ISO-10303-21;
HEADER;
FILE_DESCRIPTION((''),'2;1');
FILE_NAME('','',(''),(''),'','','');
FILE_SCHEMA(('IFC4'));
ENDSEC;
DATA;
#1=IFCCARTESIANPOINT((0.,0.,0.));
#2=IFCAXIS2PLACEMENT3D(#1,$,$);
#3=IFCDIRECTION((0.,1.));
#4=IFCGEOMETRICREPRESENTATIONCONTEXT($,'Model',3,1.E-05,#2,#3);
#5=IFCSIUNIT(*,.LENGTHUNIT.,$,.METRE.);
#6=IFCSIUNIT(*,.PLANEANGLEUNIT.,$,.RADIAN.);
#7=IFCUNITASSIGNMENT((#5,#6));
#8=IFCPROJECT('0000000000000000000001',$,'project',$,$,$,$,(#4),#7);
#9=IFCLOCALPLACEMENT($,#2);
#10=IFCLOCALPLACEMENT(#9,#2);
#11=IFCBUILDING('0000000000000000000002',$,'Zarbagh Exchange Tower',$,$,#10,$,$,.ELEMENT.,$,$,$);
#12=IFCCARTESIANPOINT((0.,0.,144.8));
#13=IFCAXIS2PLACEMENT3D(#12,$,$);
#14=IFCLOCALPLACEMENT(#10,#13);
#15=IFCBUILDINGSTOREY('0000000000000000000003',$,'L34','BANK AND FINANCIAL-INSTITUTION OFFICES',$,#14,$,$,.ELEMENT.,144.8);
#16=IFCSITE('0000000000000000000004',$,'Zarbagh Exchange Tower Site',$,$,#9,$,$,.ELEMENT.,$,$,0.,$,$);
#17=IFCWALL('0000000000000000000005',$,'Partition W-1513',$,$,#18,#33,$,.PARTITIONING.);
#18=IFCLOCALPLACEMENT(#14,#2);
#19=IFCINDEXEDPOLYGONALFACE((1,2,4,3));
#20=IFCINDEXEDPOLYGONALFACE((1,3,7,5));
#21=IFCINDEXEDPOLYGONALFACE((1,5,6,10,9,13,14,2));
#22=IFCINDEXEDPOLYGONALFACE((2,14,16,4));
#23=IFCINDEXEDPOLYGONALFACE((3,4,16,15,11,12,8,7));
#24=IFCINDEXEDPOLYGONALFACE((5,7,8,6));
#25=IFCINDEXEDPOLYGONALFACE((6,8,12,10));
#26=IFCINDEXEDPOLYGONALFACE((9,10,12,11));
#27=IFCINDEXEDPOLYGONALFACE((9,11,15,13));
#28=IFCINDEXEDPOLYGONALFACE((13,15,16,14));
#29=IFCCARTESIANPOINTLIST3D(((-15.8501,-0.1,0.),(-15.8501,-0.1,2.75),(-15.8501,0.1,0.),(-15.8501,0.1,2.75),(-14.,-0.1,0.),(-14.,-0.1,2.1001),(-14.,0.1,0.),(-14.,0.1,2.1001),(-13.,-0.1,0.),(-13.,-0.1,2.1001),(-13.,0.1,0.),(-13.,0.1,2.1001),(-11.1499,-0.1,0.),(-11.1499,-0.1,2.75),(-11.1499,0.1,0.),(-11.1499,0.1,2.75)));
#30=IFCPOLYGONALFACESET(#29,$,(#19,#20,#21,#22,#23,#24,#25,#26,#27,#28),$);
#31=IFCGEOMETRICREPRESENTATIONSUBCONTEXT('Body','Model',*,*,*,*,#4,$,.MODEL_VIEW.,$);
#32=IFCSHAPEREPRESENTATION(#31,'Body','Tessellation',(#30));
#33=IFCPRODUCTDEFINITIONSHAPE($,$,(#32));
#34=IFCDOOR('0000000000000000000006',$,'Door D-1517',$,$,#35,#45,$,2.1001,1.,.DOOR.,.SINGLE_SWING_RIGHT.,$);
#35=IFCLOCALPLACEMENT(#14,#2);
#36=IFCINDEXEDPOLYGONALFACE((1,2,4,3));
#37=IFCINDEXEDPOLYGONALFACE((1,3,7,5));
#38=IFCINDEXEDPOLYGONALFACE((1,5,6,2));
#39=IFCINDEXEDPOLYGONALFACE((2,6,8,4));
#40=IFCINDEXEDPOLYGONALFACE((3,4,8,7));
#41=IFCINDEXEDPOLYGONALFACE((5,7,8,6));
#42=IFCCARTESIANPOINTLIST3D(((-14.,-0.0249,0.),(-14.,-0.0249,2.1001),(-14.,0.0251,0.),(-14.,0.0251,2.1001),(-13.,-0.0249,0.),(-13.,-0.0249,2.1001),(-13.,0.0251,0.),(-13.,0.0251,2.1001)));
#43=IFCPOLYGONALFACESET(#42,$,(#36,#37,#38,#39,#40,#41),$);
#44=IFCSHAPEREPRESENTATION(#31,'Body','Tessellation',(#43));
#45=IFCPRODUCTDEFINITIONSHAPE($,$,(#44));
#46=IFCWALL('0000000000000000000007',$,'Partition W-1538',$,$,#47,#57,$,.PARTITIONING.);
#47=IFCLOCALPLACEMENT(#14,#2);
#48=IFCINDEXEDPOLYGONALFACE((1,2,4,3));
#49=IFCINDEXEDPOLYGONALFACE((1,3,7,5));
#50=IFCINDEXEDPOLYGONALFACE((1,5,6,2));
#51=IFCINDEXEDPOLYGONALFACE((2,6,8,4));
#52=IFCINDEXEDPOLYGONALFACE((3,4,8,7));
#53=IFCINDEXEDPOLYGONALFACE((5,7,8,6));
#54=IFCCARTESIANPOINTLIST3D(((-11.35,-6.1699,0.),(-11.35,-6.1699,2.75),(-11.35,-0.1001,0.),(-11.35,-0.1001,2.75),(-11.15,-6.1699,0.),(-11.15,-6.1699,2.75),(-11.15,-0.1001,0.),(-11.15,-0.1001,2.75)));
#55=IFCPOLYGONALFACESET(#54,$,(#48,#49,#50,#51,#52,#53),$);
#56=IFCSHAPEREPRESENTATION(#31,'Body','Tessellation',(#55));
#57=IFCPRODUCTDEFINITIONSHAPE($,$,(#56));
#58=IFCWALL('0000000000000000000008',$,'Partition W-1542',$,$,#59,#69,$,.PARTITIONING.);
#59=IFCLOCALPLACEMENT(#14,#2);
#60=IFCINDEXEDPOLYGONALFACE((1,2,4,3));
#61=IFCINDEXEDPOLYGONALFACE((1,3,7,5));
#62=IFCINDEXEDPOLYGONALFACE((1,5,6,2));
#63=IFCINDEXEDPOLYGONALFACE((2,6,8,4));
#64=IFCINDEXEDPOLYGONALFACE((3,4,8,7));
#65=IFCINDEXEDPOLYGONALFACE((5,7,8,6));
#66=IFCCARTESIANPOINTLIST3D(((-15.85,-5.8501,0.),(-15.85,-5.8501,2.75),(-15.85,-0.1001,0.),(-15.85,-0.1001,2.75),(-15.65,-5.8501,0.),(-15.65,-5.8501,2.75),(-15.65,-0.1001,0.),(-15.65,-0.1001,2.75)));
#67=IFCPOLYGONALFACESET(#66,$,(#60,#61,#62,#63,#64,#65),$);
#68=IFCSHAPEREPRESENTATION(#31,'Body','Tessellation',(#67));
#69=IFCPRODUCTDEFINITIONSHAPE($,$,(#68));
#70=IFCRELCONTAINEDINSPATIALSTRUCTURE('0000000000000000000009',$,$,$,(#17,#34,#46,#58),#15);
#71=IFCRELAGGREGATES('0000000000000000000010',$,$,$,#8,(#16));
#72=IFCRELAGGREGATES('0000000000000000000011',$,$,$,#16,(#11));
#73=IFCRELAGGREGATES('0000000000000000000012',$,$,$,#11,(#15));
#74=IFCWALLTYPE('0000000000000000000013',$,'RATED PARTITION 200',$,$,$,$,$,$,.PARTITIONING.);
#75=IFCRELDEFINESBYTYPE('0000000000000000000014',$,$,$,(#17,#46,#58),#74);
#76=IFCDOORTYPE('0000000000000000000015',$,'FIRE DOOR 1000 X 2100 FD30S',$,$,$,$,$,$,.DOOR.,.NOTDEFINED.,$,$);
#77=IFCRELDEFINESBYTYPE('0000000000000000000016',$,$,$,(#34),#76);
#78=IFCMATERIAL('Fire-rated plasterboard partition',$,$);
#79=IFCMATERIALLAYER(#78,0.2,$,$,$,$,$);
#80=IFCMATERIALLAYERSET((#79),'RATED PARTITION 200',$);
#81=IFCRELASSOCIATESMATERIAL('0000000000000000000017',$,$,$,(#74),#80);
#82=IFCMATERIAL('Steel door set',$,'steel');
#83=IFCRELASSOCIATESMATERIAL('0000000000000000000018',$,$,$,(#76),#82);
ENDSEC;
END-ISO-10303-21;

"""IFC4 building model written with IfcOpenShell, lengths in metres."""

from ifc_helpers import new_model, si_unit, direction, frame, frame_2d, origin, place, context, subcontext, project, spatial, rectangle, extrude, material, layer, layer_set, type_object, element, fill, save


model = new_model("IFC4")

# Units and contexts
model_context = context("Model", 3, precision=1e-05, world=origin(), true_north=direction((0.0, 1.0)))
body_context = subcontext(model_context, "Body", "Model", "MODEL_VIEW")
ifc_project = project(units=[si_unit("LENGTHUNIT", "METRE"), si_unit("PLANEANGLEUNIT", "RADIAN")], contexts=[model_context])

# Site, building, storey
site_placement = place(None, origin())
site = spatial("IfcSite", under=ifc_project, at=site_placement, Name="Zarbagh Exchange Tower Site", CompositionType="ELEMENT", RefElevation=0.0)
building_placement = place(site_placement, origin())
building = spatial("IfcBuilding", under=site, at=building_placement, Name="Zarbagh Exchange Tower", CompositionType="ELEMENT")
storey_placement = place(building_placement, frame((0.0, 0.0, 144.8)))
storey = spatial("IfcBuildingStorey", under=building, at=storey_placement, Name="L34", Description="BANK AND FINANCIAL-INSTITUTION OFFICES", CompositionType="ELEMENT", Elevation=144.8)

# Wall, opening, door
ifc_material_1 = material(Name="Fire-rated plasterboard partition")
ifc_layer_1 = layer(ifc_material_1, 0.2)
ifc_layer_set_1 = layer_set([ifc_layer_1], Name="RATED PARTITION 200")
wall_type_1 = type_object("IfcWallType", Name="RATED PARTITION 200", PredefinedType="PARTITIONING", material=ifc_layer_set_1)
ifc_material_2 = material(Name="Steel door set", Category="steel")
door_type_1 = type_object("IfcDoorType", Name="FIRE DOOR 1000 X 2100 FD30S", OperationType="NOTDEFINED", PredefinedType="DOOR", material=ifc_material_2)
wall_1_placement = place(storey_placement, frame((-11.1499, 0.0, 0.0), z_axis=(0.0, 0.0, 1.0), x_axis=(-1.0, 0.0, 0.0)))
wall_1 = element("IfcWall", 1, at=wall_1_placement, inside=storey, type_object=wall_type_1, Name="Partition W-1513", PredefinedType="PARTITIONING", context=body_context, shape_type="SweptSolid", body=[
    extrude(rectangle(XDim=4.7002, YDim=0.2, at=frame_2d((2.3501, 0.0))), origin(), (0.0, 0.0, 1.0), 2.75),
])
opening_1_placement = place(wall_1_placement, frame((1.8501, 0.0, 0.0)))
opening_1 = element("IfcOpeningElement", 2, at=opening_1_placement, cuts=wall_1, PredefinedType="OPENING", context=body_context, shape_type="SweptSolid", body=[
    extrude(rectangle(XDim=1.0, YDim=2.1001, at=frame_2d((0.5, 1.05))), frame((0.0, 0.1099, 0.0), z_axis=(0.0, -1.0, 0.0), x_axis=(1.0, 0.0, 0.0)), (0.0, 0.0, 1.0), 0.22),
])
door_1_placement = place(opening_1_placement, origin())
door_1 = element("IfcDoor", 3, at=door_1_placement, inside=storey, type_object=door_type_1, Name="Door D-1517", OperationType="SINGLE_SWING_RIGHT", OverallHeight=2.1001, OverallWidth=1.0, PredefinedType="DOOR", context=body_context, shape_type="SweptSolid", body=[
    extrude(rectangle(XDim=1.0, YDim=2.1001, at=frame_2d((0.5, 1.05))), frame((0.0, 0.0249, 0.0), z_axis=(0.0, -1.0, 0.0), x_axis=(1.0, 0.0, 0.0)), (0.0, 0.0, 1.0), 0.05),
])
fill(opening_1, door_1)

# Walls
wall_2_placement = place(storey_placement, frame((-11.25, -6.1699, 0.0), z_axis=(0.0, 0.0, 1.0), x_axis=(0.0, 1.0, 0.0)))
element("IfcWall", 4, at=wall_2_placement, inside=storey, type_object=wall_type_1, Name="Partition W-1538", PredefinedType="PARTITIONING", context=body_context, shape_type="SweptSolid", body=[
    extrude(rectangle(XDim=6.0698, YDim=0.2, at=frame_2d((3.0349, 0.0))), origin(), (0.0, 0.0, 1.0), 2.75),
])
wall_3_placement = place(storey_placement, frame((-15.75, -5.8501, 0.0), z_axis=(0.0, 0.0, 1.0), x_axis=(0.0, 1.0, 0.0)))
element("IfcWall", 5, at=wall_3_placement, inside=storey, type_object=wall_type_1, Name="Partition W-1542", PredefinedType="PARTITIONING", context=body_context, shape_type="SweptSolid", body=[
    extrude(rectangle(XDim=5.75, YDim=0.2, at=frame_2d((2.875, 0.0))), origin(), (0.0, 0.0, 1.0), 2.75),
])

save(model, "model.ifc")
